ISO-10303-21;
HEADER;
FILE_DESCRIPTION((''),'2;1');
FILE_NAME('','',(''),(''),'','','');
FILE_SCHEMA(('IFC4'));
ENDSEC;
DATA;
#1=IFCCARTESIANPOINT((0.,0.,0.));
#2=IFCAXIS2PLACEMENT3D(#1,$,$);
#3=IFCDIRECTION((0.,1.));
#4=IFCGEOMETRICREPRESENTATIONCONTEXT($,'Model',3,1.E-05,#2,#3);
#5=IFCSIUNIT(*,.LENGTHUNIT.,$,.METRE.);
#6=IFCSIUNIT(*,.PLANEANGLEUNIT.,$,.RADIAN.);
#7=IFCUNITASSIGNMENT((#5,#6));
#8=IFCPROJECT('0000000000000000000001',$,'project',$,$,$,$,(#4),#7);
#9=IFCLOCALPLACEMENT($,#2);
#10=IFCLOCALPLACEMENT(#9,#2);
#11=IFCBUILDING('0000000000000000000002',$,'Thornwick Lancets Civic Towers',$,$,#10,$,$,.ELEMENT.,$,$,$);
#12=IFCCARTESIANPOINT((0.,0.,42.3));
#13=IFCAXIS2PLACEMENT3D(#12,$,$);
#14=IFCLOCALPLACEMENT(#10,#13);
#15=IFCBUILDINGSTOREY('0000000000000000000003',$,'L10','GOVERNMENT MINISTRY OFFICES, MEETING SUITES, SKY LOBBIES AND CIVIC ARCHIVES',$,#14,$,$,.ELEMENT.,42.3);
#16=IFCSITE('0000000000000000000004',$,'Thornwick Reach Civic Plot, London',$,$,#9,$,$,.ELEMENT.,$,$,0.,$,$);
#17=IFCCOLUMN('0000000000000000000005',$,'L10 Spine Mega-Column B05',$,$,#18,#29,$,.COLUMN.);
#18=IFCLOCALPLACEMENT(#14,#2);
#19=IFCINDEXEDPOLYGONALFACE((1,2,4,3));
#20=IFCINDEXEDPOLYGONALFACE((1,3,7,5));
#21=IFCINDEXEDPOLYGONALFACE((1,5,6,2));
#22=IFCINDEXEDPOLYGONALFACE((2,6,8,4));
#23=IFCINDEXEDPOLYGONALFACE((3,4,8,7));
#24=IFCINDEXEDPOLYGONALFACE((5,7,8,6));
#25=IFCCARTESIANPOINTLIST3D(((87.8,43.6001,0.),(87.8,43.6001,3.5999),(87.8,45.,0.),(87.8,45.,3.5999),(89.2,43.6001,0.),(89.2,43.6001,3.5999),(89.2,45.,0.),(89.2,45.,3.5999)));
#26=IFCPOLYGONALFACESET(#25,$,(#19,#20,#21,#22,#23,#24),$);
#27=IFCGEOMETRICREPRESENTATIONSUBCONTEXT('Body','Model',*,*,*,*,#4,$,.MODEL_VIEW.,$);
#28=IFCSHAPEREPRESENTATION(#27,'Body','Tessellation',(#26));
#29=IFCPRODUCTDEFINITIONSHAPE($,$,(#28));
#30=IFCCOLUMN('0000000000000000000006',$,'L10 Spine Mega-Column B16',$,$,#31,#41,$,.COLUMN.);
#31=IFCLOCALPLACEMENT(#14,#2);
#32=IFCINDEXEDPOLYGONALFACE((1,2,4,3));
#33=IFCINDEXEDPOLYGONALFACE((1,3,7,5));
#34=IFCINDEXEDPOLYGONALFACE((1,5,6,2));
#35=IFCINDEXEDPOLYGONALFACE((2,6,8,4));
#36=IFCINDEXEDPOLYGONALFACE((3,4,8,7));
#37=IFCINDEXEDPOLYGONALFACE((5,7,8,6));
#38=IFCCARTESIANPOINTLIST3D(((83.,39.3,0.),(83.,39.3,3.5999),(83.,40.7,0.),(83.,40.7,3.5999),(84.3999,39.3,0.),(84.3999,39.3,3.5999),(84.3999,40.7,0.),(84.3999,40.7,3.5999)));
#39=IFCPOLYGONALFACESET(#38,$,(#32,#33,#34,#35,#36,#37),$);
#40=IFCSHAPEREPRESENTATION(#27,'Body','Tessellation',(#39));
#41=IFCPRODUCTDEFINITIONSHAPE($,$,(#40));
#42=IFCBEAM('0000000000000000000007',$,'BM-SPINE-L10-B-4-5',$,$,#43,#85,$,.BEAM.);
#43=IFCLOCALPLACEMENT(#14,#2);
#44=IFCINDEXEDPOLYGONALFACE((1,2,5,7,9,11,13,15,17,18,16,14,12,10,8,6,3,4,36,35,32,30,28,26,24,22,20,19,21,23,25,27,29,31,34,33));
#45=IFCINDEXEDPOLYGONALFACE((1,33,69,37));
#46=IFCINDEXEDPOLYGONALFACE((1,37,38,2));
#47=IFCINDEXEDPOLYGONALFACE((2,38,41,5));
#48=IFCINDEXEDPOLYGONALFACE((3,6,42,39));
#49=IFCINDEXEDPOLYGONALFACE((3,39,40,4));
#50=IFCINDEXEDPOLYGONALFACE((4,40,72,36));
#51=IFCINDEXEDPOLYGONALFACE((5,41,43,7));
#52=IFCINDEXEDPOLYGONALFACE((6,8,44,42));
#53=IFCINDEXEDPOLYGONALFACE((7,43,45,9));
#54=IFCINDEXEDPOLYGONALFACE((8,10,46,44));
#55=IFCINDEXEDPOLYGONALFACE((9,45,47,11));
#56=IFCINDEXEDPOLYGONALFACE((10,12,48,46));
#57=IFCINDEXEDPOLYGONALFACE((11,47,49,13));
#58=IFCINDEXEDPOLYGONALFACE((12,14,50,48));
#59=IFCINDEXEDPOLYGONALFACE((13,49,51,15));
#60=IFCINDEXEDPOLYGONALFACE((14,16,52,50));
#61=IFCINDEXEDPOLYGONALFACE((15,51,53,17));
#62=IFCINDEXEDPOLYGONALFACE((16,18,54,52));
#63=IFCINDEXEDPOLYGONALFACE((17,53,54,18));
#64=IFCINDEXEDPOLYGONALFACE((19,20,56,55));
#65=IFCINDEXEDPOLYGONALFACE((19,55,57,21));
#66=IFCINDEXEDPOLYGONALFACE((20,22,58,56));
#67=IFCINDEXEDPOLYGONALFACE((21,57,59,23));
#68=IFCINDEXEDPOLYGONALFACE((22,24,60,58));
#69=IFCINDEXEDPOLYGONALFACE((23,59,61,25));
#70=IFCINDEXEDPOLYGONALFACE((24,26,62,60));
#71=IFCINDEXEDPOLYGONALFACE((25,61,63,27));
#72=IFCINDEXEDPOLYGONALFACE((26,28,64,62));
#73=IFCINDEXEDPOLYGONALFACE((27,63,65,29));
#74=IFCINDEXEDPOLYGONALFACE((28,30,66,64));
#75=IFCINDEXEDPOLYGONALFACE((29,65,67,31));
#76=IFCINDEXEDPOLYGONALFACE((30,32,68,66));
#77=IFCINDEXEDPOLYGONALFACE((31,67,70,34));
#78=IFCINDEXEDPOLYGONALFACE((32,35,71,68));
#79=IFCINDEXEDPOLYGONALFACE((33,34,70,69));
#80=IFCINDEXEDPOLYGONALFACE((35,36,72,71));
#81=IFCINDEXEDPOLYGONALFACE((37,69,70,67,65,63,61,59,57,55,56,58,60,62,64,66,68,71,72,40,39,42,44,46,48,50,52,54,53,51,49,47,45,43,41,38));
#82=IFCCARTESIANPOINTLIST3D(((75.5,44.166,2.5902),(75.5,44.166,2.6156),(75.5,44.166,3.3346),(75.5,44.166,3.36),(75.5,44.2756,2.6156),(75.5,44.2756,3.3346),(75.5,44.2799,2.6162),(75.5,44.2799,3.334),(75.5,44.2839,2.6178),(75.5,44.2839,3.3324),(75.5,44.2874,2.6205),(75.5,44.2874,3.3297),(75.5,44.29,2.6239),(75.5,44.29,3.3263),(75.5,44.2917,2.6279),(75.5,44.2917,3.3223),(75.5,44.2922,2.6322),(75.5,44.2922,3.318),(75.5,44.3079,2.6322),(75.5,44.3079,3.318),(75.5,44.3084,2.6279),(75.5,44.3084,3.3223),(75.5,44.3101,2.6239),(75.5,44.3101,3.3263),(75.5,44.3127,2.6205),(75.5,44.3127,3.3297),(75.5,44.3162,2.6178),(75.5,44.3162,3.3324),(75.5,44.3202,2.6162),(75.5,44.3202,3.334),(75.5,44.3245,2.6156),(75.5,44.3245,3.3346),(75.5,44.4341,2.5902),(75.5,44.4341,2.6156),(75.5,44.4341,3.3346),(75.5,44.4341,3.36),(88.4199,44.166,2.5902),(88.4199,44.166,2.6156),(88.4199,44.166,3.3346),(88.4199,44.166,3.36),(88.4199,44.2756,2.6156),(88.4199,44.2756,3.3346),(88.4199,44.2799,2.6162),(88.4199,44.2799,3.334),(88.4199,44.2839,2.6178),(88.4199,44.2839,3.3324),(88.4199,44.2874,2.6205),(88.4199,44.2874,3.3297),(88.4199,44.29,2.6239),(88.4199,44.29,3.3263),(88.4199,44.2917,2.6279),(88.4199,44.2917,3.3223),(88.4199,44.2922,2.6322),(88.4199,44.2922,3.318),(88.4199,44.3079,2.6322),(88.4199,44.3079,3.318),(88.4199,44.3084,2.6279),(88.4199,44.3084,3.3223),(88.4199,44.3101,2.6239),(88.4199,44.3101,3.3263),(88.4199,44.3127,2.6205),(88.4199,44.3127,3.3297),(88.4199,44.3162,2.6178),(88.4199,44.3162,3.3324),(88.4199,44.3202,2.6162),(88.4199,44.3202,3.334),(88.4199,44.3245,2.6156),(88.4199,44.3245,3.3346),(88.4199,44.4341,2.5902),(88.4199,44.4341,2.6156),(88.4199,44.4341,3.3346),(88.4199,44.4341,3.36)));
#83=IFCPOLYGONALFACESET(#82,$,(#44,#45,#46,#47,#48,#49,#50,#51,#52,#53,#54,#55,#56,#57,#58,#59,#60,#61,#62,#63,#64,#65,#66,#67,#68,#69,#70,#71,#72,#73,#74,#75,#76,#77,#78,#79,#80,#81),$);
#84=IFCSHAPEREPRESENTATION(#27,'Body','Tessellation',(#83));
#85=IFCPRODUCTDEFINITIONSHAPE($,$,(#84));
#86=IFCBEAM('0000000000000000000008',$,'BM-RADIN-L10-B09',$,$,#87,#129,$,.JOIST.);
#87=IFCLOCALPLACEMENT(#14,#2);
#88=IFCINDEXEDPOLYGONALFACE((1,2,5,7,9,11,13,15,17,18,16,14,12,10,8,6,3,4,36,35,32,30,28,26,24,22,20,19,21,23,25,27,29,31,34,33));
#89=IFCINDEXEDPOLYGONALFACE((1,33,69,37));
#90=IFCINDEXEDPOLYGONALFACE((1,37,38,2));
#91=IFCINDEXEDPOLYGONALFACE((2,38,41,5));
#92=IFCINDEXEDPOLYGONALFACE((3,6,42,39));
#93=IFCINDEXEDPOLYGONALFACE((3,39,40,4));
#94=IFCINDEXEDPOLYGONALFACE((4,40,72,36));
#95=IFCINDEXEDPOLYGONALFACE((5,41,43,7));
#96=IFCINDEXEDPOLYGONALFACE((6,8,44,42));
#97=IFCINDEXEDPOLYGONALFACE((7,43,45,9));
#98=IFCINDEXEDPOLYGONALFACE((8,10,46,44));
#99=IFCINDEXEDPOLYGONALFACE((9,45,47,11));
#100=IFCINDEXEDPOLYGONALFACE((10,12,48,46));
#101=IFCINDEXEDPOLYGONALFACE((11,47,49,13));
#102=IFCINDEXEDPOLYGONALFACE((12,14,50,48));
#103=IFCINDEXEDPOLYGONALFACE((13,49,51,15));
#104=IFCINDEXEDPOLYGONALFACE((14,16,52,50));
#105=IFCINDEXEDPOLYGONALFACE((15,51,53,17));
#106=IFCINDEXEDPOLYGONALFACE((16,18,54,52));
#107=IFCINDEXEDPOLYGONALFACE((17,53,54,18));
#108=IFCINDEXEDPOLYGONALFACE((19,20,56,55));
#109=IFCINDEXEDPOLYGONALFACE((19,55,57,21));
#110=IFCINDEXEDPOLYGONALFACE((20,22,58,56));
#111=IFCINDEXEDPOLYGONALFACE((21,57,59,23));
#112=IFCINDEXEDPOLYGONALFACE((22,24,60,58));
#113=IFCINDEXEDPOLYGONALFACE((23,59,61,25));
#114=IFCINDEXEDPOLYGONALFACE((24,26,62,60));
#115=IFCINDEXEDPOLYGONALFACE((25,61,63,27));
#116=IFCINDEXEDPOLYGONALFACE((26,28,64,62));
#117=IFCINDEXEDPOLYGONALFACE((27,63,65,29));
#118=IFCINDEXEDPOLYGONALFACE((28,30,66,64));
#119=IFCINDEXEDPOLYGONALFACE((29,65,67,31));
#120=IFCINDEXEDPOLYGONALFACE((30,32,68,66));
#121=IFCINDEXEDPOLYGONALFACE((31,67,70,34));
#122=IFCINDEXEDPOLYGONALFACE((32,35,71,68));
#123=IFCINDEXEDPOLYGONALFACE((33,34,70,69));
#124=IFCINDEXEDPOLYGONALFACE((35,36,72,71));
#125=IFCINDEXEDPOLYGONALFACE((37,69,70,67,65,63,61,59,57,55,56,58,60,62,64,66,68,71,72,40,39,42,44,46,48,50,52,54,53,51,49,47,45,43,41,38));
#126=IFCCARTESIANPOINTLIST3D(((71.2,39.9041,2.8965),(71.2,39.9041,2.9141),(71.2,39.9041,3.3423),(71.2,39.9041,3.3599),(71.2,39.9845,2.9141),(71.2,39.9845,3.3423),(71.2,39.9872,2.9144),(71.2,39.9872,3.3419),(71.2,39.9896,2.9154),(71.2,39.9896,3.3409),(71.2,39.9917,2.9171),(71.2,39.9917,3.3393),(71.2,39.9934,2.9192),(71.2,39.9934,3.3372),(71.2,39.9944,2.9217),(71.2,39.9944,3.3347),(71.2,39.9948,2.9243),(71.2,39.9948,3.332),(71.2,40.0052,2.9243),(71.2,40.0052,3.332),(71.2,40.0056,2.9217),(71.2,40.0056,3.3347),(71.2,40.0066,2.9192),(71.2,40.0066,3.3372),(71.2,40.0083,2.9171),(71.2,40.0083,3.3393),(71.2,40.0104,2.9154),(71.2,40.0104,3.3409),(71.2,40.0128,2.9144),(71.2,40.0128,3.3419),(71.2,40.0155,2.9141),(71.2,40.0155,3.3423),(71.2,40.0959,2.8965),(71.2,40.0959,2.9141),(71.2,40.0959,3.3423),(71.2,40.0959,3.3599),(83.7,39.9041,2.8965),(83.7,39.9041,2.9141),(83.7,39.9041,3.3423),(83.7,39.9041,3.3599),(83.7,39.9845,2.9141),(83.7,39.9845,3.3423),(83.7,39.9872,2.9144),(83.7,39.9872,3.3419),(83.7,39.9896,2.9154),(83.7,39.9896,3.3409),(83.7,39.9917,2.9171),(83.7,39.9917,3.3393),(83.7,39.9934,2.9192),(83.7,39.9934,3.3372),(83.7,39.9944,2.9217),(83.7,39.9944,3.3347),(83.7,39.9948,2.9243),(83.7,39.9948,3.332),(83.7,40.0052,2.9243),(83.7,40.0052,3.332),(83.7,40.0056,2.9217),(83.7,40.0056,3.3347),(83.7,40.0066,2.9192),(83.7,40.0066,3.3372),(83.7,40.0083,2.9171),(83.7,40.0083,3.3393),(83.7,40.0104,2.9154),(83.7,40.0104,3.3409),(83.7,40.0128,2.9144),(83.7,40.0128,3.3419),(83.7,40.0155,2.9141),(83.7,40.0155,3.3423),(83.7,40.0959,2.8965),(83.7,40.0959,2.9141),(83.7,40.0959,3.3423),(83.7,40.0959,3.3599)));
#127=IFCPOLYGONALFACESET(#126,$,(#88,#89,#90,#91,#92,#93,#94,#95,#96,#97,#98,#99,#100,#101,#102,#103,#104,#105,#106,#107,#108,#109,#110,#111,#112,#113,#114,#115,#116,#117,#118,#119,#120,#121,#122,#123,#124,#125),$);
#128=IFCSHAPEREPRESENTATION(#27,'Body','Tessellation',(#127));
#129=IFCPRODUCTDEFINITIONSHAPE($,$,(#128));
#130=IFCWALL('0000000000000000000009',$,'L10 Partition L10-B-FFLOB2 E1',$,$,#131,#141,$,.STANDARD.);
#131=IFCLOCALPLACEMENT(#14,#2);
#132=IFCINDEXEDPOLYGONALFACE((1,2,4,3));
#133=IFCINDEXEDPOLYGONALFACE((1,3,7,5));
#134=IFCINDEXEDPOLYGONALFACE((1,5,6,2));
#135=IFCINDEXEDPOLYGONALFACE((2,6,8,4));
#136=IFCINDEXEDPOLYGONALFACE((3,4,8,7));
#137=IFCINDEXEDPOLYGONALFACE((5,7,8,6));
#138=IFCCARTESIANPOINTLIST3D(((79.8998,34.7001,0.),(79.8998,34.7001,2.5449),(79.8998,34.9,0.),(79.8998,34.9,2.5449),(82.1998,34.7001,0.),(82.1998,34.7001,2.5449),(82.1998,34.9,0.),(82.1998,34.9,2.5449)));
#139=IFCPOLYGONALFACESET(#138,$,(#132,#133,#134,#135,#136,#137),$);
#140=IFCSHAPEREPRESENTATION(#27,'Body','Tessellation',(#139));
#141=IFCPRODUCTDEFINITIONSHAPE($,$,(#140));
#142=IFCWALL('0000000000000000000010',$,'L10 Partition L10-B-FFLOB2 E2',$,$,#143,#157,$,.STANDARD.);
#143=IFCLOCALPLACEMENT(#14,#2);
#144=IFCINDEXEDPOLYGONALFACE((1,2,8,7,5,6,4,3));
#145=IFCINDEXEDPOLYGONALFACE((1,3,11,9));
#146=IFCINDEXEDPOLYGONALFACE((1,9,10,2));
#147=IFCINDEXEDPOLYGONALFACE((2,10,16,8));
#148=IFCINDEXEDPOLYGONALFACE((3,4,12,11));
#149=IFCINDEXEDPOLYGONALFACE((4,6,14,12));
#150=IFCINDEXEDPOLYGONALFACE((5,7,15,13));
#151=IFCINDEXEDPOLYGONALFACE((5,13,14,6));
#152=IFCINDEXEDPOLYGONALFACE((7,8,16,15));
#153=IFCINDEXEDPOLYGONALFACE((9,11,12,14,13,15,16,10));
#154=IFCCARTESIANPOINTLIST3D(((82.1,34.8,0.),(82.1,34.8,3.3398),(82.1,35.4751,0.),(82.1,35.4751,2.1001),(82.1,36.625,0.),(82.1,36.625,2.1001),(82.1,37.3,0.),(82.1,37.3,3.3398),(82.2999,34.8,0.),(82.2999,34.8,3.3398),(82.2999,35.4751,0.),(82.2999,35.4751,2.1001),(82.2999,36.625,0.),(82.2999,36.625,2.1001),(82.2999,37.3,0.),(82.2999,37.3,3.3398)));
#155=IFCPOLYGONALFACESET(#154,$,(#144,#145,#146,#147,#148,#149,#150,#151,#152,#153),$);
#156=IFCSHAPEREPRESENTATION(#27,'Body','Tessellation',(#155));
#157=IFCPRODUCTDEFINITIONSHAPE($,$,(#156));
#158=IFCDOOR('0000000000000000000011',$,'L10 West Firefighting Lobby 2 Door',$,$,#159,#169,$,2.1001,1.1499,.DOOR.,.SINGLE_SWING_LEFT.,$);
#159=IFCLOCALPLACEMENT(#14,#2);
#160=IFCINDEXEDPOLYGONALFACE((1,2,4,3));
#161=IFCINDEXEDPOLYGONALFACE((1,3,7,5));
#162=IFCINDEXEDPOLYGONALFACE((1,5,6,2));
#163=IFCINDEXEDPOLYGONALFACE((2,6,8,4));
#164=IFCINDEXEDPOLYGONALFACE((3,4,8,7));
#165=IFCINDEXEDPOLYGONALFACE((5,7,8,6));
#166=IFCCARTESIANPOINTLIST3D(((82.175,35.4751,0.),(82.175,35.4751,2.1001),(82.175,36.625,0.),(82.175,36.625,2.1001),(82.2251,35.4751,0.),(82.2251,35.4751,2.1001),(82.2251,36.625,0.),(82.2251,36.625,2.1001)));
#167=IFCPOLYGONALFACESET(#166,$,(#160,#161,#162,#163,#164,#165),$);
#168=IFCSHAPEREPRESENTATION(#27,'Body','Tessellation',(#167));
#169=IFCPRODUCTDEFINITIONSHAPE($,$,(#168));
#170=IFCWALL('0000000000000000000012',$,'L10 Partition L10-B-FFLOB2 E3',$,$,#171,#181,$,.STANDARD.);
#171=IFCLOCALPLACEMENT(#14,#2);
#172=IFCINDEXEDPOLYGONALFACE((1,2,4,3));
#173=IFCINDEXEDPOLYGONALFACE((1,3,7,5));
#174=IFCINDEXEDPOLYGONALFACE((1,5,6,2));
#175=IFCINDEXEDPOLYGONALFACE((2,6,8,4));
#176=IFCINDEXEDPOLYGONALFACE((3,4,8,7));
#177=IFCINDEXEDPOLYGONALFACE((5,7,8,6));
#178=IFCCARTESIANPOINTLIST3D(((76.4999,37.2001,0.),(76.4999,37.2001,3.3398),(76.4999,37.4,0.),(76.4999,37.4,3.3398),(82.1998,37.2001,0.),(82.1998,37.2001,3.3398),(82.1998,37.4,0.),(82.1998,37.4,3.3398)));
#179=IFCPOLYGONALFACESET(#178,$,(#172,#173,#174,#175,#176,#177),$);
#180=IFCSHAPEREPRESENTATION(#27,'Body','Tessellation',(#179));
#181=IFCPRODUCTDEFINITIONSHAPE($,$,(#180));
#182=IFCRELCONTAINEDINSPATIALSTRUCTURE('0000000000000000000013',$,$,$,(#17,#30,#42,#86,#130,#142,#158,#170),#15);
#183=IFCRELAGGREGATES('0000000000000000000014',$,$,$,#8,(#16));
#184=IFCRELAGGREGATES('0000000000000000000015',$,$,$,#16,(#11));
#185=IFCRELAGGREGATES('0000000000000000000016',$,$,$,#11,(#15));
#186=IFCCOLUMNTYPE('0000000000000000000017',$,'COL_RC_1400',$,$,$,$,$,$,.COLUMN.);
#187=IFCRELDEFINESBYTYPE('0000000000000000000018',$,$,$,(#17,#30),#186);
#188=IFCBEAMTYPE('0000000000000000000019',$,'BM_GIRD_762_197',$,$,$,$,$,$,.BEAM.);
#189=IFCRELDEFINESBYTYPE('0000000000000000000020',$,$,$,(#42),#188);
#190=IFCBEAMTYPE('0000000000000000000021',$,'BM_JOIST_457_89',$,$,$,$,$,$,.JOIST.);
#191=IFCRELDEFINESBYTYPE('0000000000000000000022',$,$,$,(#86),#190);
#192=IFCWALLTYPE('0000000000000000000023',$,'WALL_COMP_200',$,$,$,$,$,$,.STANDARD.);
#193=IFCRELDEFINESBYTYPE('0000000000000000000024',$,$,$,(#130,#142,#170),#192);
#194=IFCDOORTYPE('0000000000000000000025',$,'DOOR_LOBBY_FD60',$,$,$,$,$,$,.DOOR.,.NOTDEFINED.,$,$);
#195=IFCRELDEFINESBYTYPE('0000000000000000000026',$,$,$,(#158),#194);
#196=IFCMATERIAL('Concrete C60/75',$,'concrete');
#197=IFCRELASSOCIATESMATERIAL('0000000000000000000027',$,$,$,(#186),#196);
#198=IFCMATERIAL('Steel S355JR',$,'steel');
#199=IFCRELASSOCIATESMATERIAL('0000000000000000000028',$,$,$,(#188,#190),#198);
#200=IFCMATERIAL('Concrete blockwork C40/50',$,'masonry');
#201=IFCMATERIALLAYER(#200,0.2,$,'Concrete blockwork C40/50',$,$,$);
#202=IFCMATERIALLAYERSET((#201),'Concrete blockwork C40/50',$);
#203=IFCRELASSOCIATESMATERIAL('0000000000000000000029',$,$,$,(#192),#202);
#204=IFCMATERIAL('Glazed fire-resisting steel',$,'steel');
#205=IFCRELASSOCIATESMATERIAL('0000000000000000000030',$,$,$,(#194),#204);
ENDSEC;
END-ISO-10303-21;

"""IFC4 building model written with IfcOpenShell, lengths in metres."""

from ifc_helpers import new_model, si_unit, direction, frame, frame_2d, origin, origin_2d, place, context, subcontext, project, spatial, rectangle, i_section, extrude, material, layer, layer_set, material_profile, profile_set, type_object, element, fill, save


model = new_model("IFC4")

# Units and contexts
model_context = context("Model", 3, precision=1e-05, world=origin(), true_north=direction((0.0, 1.0)))
body_context = subcontext(model_context, "Body", "Model", "MODEL_VIEW")
ifc_project = project(units=[si_unit("LENGTHUNIT", "METRE"), si_unit("PLANEANGLEUNIT", "RADIAN")], contexts=[model_context])

# Site, building, storey
site_placement = place(None, origin())
site = spatial("IfcSite", under=ifc_project, at=site_placement, Name="Thornwick Reach Civic Plot, London", CompositionType="ELEMENT", RefElevation=0.0)
building_placement = place(site_placement, origin())
building = spatial("IfcBuilding", under=site, at=building_placement, Name="Thornwick Lancets Civic Towers", CompositionType="ELEMENT")
storey_placement = place(building_placement, frame((0.0, 0.0, 42.3)))
storey = spatial("IfcBuildingStorey", under=building, at=storey_placement, Name="L10", Description="GOVERNMENT MINISTRY OFFICES, MEETING SUITES, SKY LOBBIES AND CIVIC ARCHIVES", CompositionType="ELEMENT", Elevation=42.3)

# Columns
ifc_material_1 = material(Name="Concrete C60/75", Category="concrete")
ifc_material_profile_1 = material_profile(ifc_material_1, rectangle(XDim=1.3999, YDim=1.3999, at=origin_2d()), Name="RC 1400x1400")
ifc_profile_set_1 = profile_set([ifc_material_profile_1], Name="Concrete C60/75")
column_type = type_object("IfcColumnType", Name="COL_RC_1400", PredefinedType="COLUMN", material=ifc_profile_set_1)
for number, where, z_axis, x_axis, name in (
    (1, (88.5, 44.3, 0.0), (0.0, 0.0, 1.0), (1.0, 0.0, 0.0), "L10 Spine Mega-Column B05"),
    (2, (83.7, 40.0, 0.0), (0.0, 0.0, 1.0), (1.0, 0.0, 0.0), "L10 Spine Mega-Column B16"),
):
    element("IfcColumn", number, at=place(storey_placement, frame(where, z_axis=z_axis, x_axis=x_axis)), inside=storey, type_object=column_type, Name=name, PredefinedType="COLUMN", context=body_context, shape_type="SweptSolid", body=[
        extrude(rectangle(XDim=1.3999, YDim=1.3999, at=origin_2d()), origin(), (0.0, 0.0, 1.0), 3.5999),
    ])

# Beams
ifc_material_2 = material(Name="Steel S355JR", Category="steel")
ifc_material_profile_2 = material_profile(ifc_material_2, i_section(OverallWidth=0.2681, OverallDepth=0.7698, WebThickness=0.0156, FlangeThickness=0.0254, FilletRadius=0.0166, at=origin_2d()), Name="UKB 762x267x197")
ifc_profile_set_2 = profile_set([ifc_material_profile_2], Name="Steel S355JR")
beam_type_1 = type_object("IfcBeamType", Name="BM_GIRD_762_197", PredefinedType="BEAM", material=ifc_profile_set_2)
beam_1_placement = place(storey_placement, frame((88.4199, 44.3, 2.9751), z_axis=(-1.0, 0.0, 0.0), x_axis=(0.0, -1.0, 0.0)))
element("IfcBeam", 3, at=beam_1_placement, inside=storey, type_object=beam_type_1, Name="BM-SPINE-L10-B-4-5", PredefinedType="BEAM", context=body_context, shape_type="SweptSolid", body=[
    extrude(i_section(OverallWidth=0.2681, OverallDepth=0.7698, WebThickness=0.0156, FlangeThickness=0.0254, FilletRadius=0.0166, at=origin_2d()), origin(), (0.0, 0.0, 1.0), 12.9199),
])
ifc_material_profile_3 = material_profile(ifc_material_2, i_section(OverallWidth=0.1919, OverallDepth=0.4634, WebThickness=0.0105, FlangeThickness=0.0176, FilletRadius=0.0103, at=origin_2d()), Name="UKB 457x191x89")
ifc_profile_set_3 = profile_set([ifc_material_profile_3], Name="Steel S355JR")
beam_type_2 = type_object("IfcBeamType", Name="BM_JOIST_457_89", PredefinedType="JOIST", material=ifc_profile_set_3)
beam_2_placement = place(storey_placement, frame((83.7, 40.0, 3.1282), z_axis=(-1.0, 0.0, 0.0), x_axis=(0.0, -1.0, 0.0)))
element("IfcBeam", 4, at=beam_2_placement, inside=storey, type_object=beam_type_2, Name="BM-RADIN-L10-B09", PredefinedType="JOIST", context=body_context, shape_type="SweptSolid", body=[
    extrude(i_section(OverallWidth=0.1919, OverallDepth=0.4634, WebThickness=0.0105, FlangeThickness=0.0176, FilletRadius=0.0103, at=origin_2d()), origin(), (0.0, 0.0, 1.0), 12.5),
])

# Wall
ifc_material_3 = material(Name="Concrete blockwork C40/50", Category="masonry")
ifc_layer_1 = layer(ifc_material_3, 0.2, Name="Concrete blockwork C40/50")
ifc_layer_set_1 = layer_set([ifc_layer_1], Name="Concrete blockwork C40/50")
wall_type_1 = type_object("IfcWallType", Name="WALL_COMP_200", PredefinedType="STANDARD", material=ifc_layer_set_1)
wall_1_placement = place(storey_placement, frame((79.8999, 34.8, 0.0), z_axis=(0.0, 0.0, 1.0), x_axis=(1.0, 0.0, 0.0)))
element("IfcWall", 5, at=wall_1_placement, inside=storey, type_object=wall_type_1, Name="L10 Partition L10-B-FFLOB2 E1", PredefinedType="STANDARD", context=body_context, shape_type="SweptSolid", body=[
    extrude(rectangle(XDim=2.3, YDim=0.2, at=frame_2d((1.1499, 0.0))), origin(), (0.0, 0.0, 1.0), 2.5449),
])

# Wall, opening, door
wall_2_placement = place(storey_placement, frame((82.2, 34.8, 0.0), z_axis=(0.0, 0.0, 1.0), x_axis=(0.0, 1.0, 0.0)))
wall_2 = element("IfcWall", 6, at=wall_2_placement, inside=storey, type_object=wall_type_1, Name="L10 Partition L10-B-FFLOB2 E2", PredefinedType="STANDARD", context=body_context, shape_type="SweptSolid", body=[
    extrude(rectangle(XDim=2.5, YDim=0.2, at=frame_2d((1.25, 0.0))), origin(), (0.0, 0.0, 1.0), 3.3398),
])
opening_1_placement = place(wall_2_placement, frame((0.675, 0.0, 0.0)))
opening_1 = element("IfcOpeningElement", 7, at=opening_1_placement, cuts=wall_2, PredefinedType="OPENING", context=body_context, shape_type="SweptSolid", body=[
    extrude(rectangle(XDim=1.1499, YDim=2.1001, at=frame_2d((0.575, 1.05))), frame((0.0, 0.1099, 0.0), z_axis=(0.0, -1.0, 0.0), x_axis=(1.0, 0.0, 0.0)), (0.0, 0.0, 1.0), 0.22),
])
ifc_material_4 = material(Name="Glazed fire-resisting steel", Category="steel")
door_type_1 = type_object("IfcDoorType", Name="DOOR_LOBBY_FD60", OperationType="NOTDEFINED", PredefinedType="DOOR", material=ifc_material_4)
door_1_placement = place(opening_1_placement, origin())
door_1 = element("IfcDoor", 8, at=door_1_placement, inside=storey, type_object=door_type_1, Name="L10 West Firefighting Lobby 2 Door", OperationType="SINGLE_SWING_LEFT", OverallHeight=2.1001, OverallWidth=1.1499, PredefinedType="DOOR", context=body_context, shape_type="SweptSolid", body=[
    extrude(rectangle(XDim=1.1499, YDim=2.1001, at=frame_2d((0.575, 1.05))), frame((0.0, 0.0249, 0.0), z_axis=(0.0, -1.0, 0.0), x_axis=(1.0, 0.0, 0.0)), (0.0, 0.0, 1.0), 0.05),
])
fill(opening_1, door_1)

# Wall
wall_3_placement = place(storey_placement, frame((82.2, 37.3, 0.0), z_axis=(0.0, 0.0, 1.0), x_axis=(-1.0, 0.0, 0.0)))
element("IfcWall", 9, at=wall_3_placement, inside=storey, type_object=wall_type_1, Name="L10 Partition L10-B-FFLOB2 E3", PredefinedType="STANDARD", context=body_context, shape_type="SweptSolid", body=[
    extrude(rectangle(XDim=5.7, YDim=0.2, at=frame_2d((2.8501, 0.0))), origin(), (0.0, 0.0, 1.0), 3.3398),
])

save(model, "model.ifc")
